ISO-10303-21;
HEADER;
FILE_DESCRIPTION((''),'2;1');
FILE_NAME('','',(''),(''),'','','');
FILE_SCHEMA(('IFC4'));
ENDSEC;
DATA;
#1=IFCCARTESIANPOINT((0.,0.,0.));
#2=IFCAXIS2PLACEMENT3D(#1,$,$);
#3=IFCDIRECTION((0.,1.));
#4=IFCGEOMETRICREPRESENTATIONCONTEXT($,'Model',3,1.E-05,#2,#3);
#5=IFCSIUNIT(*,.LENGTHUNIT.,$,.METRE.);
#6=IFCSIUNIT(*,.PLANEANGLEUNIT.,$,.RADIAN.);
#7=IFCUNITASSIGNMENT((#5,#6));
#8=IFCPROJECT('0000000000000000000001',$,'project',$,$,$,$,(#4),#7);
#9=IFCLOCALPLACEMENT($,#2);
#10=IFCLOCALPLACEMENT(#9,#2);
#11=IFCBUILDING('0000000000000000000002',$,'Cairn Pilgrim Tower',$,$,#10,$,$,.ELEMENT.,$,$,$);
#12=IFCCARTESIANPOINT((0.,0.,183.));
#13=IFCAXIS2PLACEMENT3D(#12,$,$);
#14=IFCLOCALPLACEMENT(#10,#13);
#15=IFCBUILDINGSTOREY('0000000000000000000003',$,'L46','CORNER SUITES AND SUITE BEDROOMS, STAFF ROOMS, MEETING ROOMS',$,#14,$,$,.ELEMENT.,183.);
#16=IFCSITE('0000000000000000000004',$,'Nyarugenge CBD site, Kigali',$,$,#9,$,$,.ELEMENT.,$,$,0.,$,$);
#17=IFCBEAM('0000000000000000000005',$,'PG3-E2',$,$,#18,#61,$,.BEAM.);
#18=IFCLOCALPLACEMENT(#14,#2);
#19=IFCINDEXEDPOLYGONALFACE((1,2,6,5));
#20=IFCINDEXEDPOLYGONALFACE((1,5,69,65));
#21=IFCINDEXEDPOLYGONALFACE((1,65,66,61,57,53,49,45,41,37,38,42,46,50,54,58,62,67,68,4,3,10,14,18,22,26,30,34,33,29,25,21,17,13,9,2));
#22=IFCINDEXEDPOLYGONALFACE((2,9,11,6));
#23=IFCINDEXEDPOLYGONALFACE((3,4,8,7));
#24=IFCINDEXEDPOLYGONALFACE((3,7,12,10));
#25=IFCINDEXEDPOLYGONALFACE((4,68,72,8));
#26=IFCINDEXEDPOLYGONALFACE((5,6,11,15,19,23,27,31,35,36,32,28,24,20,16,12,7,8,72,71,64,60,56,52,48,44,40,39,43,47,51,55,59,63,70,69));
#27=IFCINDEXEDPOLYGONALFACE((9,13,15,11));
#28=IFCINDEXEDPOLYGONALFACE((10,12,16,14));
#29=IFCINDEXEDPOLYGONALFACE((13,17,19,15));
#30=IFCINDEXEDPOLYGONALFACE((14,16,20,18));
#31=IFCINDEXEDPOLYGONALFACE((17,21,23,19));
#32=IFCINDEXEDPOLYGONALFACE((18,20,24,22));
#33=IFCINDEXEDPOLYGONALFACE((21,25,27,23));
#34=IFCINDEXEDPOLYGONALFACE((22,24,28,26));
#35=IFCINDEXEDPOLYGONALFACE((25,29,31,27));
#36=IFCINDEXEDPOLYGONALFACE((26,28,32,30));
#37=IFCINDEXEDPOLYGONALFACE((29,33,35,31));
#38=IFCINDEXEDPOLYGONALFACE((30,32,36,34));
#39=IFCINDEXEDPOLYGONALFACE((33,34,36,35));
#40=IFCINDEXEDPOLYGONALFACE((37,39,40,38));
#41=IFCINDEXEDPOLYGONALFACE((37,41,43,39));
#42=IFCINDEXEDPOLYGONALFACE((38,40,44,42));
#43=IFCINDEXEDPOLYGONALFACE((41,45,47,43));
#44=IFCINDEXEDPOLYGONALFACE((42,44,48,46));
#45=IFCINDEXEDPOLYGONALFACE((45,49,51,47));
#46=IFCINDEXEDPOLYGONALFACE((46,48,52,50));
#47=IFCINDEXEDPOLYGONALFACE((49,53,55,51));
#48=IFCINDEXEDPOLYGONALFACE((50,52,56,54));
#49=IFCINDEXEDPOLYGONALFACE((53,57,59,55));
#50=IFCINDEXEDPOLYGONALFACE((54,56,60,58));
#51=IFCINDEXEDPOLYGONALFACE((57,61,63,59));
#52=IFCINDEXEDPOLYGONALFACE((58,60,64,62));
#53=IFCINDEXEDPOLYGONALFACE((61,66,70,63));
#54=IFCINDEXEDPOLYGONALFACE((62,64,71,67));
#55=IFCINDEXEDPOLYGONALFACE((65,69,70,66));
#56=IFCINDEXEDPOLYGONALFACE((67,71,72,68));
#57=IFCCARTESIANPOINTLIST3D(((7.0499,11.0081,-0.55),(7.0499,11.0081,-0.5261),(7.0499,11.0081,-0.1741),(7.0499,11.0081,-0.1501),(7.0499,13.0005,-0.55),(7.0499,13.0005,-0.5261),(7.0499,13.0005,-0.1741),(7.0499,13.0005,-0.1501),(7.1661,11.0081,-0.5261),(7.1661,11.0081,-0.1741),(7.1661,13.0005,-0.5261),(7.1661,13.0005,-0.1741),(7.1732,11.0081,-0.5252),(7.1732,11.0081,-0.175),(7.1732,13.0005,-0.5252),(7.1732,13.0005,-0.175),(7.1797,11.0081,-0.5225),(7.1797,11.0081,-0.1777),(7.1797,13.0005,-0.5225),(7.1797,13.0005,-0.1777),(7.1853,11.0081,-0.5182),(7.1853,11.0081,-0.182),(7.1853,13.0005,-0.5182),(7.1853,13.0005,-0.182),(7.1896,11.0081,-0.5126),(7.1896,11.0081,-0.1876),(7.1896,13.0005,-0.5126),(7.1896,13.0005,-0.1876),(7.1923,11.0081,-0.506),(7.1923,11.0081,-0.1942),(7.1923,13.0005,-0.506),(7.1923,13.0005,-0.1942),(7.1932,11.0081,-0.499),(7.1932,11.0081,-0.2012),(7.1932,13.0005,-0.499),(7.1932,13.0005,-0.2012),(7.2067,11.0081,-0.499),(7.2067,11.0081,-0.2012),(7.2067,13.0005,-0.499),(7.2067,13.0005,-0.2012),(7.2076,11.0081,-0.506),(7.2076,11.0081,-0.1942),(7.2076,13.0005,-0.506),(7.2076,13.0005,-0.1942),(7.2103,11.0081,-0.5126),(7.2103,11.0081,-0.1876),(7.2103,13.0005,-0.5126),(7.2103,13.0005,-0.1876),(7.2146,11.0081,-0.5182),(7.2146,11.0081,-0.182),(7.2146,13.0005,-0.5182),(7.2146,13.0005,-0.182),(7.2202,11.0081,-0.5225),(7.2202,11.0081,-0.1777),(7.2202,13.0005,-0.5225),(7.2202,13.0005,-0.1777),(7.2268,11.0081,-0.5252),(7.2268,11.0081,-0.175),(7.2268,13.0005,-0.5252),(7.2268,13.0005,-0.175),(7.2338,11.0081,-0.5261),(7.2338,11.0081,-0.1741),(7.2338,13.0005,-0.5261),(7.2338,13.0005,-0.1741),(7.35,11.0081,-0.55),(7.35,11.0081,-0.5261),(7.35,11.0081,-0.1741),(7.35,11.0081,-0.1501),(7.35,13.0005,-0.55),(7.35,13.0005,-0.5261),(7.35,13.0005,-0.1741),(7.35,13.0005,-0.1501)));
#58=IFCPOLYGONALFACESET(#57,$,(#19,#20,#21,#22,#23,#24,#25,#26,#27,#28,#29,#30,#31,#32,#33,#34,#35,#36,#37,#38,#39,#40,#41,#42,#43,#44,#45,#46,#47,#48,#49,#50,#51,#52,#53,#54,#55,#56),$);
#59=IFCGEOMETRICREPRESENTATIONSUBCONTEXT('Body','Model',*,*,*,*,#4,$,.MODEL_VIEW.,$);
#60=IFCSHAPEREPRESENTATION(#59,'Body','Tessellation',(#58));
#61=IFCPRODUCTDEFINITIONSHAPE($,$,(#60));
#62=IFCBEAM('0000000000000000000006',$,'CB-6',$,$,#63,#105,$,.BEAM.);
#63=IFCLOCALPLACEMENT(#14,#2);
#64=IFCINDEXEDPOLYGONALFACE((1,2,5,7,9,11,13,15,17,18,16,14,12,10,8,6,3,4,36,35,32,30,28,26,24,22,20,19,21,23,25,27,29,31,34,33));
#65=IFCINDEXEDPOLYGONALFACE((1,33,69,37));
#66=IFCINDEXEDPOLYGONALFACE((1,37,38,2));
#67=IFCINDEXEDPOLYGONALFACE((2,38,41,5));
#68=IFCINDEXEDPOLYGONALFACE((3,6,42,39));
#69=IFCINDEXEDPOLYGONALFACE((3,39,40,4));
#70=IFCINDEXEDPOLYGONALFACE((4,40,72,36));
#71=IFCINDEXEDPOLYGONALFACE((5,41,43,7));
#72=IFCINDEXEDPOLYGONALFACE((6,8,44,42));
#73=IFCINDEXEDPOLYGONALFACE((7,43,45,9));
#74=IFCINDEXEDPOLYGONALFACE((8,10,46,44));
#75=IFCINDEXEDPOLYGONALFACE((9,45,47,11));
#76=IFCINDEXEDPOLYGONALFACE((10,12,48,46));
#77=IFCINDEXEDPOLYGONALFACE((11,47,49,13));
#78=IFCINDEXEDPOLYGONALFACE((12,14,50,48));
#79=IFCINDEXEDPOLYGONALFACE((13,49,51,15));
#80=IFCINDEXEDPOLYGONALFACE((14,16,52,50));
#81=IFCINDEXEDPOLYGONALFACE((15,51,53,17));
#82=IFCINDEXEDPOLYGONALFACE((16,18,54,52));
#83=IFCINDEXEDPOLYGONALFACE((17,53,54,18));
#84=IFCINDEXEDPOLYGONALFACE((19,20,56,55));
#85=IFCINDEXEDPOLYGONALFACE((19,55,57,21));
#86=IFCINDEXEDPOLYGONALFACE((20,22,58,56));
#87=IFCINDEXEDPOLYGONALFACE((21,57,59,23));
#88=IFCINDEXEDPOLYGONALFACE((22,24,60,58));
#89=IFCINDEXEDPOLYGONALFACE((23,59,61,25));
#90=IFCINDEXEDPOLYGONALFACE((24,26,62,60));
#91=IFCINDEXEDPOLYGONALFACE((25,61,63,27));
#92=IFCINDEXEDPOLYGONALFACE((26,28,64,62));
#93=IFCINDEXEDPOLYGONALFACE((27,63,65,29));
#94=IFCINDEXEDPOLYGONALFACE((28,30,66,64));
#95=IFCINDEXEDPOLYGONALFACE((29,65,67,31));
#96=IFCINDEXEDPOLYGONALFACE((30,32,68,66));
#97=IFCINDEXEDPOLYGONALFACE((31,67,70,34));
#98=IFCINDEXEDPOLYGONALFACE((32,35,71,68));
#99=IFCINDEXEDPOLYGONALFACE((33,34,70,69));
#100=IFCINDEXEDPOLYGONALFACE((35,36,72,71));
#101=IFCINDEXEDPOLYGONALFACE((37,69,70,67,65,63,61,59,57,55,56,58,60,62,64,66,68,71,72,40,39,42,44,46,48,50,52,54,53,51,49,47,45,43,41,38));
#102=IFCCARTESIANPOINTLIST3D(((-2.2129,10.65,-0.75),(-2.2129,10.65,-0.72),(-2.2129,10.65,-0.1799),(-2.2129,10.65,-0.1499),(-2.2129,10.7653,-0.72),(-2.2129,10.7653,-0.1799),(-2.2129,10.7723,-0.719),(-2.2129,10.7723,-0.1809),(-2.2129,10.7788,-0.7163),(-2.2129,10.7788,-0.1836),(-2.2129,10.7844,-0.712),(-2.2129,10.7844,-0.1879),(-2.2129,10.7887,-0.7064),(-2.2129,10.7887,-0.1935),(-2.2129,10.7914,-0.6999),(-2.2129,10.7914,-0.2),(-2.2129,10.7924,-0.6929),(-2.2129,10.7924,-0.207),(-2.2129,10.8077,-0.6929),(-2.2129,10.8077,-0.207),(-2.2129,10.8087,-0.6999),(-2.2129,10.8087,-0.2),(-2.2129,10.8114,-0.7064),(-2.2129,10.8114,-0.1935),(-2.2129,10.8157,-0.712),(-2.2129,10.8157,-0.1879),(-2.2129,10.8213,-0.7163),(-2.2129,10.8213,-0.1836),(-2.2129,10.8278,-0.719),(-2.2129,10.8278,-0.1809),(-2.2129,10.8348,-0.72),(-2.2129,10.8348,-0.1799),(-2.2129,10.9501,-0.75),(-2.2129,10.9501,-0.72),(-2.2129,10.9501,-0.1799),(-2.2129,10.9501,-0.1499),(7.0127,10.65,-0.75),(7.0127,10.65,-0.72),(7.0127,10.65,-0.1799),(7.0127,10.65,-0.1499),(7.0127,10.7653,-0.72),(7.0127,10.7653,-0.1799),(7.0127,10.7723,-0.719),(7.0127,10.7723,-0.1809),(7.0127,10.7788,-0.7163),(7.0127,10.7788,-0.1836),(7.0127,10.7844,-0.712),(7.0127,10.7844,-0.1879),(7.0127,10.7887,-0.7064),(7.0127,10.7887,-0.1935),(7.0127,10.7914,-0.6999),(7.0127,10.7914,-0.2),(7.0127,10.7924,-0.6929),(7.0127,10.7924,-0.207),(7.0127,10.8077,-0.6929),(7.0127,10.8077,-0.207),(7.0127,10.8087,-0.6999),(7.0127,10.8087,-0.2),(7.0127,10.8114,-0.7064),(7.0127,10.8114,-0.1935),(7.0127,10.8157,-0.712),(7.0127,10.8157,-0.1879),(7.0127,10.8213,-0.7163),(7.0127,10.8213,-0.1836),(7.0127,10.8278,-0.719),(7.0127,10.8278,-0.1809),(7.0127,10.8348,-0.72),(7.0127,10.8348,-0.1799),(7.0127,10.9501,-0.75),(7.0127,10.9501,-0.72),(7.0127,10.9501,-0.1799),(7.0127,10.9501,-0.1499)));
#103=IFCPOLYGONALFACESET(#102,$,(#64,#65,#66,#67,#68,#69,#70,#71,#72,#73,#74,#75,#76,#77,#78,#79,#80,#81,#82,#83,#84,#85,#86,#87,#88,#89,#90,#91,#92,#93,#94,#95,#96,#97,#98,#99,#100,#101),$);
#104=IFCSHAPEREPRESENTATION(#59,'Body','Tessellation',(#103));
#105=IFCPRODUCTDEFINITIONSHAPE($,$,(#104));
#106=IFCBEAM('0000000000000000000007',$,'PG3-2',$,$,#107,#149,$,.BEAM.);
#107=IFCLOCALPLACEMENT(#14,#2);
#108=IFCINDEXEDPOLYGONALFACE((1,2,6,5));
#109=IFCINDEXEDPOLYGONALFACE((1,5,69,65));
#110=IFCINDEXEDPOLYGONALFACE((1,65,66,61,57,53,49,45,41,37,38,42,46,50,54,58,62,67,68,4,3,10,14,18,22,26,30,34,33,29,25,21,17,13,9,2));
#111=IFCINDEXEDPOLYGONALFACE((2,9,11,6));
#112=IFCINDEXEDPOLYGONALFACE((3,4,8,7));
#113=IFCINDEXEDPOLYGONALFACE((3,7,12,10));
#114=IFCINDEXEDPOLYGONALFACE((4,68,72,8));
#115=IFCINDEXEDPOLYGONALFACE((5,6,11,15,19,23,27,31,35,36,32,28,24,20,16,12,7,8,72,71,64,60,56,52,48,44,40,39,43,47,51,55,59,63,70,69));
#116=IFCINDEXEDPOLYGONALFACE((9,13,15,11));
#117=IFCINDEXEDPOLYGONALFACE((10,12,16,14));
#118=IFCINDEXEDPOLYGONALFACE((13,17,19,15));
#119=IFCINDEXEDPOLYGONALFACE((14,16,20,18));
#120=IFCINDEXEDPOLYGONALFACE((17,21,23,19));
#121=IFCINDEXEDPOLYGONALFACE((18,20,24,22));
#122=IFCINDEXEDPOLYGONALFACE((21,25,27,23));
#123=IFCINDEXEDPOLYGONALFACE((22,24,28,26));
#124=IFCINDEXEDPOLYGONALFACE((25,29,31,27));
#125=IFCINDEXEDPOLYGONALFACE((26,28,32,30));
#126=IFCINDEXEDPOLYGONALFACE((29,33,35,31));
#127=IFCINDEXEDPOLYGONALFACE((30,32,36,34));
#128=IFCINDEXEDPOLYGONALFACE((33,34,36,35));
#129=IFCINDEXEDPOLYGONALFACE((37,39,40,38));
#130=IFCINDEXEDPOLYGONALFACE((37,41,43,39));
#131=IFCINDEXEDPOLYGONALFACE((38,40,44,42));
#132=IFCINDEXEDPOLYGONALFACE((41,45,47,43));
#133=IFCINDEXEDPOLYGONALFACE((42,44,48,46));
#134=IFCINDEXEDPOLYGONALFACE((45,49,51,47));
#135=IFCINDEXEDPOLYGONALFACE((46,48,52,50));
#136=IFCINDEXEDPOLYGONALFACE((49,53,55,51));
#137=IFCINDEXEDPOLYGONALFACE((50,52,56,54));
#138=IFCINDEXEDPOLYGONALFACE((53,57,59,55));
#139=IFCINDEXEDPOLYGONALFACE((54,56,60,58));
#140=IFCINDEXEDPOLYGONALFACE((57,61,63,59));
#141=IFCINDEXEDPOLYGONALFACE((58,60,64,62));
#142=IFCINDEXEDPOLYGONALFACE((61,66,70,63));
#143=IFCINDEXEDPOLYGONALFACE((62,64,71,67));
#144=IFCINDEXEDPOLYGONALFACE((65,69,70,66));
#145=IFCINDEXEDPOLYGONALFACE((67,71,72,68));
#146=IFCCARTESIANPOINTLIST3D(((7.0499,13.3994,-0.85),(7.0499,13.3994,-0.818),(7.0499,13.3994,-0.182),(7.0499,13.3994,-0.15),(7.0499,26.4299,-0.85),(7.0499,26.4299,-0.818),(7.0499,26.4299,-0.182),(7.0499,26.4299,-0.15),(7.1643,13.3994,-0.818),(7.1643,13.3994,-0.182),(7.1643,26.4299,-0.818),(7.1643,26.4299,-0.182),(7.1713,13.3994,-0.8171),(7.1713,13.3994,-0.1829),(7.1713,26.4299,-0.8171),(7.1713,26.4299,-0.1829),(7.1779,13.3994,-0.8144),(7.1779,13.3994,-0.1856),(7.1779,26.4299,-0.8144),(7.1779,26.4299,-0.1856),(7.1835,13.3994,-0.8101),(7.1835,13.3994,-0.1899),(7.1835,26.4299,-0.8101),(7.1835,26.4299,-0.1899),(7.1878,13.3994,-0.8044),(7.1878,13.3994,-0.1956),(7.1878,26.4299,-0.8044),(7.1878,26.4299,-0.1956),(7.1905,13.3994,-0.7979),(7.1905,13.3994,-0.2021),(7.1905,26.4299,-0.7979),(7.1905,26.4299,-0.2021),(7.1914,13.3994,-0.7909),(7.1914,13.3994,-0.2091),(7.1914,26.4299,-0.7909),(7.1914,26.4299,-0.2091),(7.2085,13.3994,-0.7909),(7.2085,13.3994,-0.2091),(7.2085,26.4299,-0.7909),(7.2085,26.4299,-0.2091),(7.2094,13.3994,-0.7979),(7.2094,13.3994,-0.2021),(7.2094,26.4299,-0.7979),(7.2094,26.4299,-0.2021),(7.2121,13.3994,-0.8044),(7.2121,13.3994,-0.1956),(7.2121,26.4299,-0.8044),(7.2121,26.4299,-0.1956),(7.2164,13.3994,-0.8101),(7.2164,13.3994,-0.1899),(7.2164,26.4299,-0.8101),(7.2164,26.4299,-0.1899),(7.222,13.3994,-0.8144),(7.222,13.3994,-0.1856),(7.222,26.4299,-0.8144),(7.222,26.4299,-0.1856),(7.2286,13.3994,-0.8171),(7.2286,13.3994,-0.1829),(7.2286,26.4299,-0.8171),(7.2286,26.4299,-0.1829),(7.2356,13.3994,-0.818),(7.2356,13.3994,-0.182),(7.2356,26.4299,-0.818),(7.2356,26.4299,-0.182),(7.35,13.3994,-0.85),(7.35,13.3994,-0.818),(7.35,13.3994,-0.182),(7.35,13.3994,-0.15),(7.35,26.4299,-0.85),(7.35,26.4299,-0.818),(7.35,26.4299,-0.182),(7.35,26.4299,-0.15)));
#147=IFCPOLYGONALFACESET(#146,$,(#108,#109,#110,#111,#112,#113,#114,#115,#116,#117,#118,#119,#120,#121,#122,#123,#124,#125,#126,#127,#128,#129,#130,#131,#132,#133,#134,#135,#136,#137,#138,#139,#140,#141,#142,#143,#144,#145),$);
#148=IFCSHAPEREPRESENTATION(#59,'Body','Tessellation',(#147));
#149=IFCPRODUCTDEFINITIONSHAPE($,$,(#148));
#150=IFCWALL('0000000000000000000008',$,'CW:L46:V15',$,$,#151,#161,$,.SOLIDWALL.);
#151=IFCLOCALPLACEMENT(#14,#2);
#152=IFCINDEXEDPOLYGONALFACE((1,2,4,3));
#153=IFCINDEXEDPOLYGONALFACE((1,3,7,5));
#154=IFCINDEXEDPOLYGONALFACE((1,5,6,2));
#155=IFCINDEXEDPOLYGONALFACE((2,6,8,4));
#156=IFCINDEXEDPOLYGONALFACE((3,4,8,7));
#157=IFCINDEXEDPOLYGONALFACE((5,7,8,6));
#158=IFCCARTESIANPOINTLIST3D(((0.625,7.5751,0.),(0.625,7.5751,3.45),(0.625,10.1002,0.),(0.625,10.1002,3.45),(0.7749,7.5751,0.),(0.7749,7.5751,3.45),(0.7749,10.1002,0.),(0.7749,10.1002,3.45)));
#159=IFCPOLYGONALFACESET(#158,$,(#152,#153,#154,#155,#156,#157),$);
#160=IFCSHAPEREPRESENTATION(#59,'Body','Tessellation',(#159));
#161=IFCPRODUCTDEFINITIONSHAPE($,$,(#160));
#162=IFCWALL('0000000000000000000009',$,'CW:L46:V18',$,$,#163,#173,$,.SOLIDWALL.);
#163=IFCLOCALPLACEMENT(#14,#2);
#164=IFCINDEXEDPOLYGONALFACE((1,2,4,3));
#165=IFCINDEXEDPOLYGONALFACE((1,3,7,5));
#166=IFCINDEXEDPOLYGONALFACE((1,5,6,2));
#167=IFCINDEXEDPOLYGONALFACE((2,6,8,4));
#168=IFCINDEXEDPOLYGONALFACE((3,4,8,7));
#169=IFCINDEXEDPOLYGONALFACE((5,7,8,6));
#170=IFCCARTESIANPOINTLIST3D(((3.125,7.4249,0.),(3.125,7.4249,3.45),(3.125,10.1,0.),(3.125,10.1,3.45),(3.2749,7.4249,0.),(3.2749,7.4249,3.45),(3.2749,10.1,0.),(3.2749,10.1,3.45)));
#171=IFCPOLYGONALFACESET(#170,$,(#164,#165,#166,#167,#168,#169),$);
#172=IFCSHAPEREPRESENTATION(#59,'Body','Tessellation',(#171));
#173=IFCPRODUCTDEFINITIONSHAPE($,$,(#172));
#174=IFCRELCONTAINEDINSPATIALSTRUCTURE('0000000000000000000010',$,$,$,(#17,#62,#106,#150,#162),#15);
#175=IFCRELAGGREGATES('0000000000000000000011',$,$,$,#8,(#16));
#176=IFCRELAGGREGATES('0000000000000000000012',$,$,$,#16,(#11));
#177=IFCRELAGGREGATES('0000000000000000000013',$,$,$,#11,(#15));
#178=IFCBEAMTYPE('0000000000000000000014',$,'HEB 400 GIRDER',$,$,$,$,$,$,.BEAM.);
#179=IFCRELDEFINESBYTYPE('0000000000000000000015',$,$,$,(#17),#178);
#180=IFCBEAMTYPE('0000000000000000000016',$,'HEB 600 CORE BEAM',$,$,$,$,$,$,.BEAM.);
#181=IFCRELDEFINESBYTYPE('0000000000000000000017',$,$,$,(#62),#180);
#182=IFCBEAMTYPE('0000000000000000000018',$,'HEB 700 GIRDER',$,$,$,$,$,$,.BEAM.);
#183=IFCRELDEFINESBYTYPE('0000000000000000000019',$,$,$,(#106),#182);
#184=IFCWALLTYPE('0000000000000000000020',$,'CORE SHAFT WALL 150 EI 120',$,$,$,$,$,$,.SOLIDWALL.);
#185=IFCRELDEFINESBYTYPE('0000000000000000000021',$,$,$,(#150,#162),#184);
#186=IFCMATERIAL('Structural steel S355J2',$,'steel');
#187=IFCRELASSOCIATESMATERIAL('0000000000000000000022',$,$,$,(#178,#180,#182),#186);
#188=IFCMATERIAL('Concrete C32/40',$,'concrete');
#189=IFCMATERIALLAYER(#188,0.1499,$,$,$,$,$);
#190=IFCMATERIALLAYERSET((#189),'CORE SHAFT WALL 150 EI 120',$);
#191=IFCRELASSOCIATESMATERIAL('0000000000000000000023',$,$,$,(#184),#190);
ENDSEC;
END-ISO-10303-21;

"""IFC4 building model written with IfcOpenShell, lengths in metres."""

from ifc_helpers import new_model, si_unit, direction, frame, frame_2d, origin, origin_2d, place, context, subcontext, project, spatial, rectangle, i_section, extrude, material, layer, layer_set, material_profile, profile_set, type_object, element, save


model = new_model("IFC4")

# Units and contexts
model_context = context("Model", 3, precision=1e-05, world=origin(), true_north=direction((0.0, 1.0)))
body_context = subcontext(model_context, "Body", "Model", "MODEL_VIEW")
ifc_project = project(units=[si_unit("LENGTHUNIT", "METRE"), si_unit("PLANEANGLEUNIT", "RADIAN")], contexts=[model_context])

# Site, building, storey
site_placement = place(None, origin())
site = spatial("IfcSite", under=ifc_project, at=site_placement, Name="Nyarugenge CBD site, Kigali", CompositionType="ELEMENT", RefElevation=0.0)
building_placement = place(site_placement, origin())
building = spatial("IfcBuilding", under=site, at=building_placement, Name="Cairn Pilgrim Tower", CompositionType="ELEMENT")
storey_placement = place(building_placement, frame((0.0, 0.0, 183.0)))
storey = spatial("IfcBuildingStorey", under=building, at=storey_placement, Name="L46", Description="CORNER SUITES AND SUITE BEDROOMS, STAFF ROOMS, MEETING ROOMS", CompositionType="ELEMENT", Elevation=183.0)

# Shared definitions
ifc_material_1 = material(Name="Structural steel S355J2", Category="steel")

# Beams
ifc_material_profile_1 = material_profile(ifc_material_1, i_section(OverallWidth=0.3, OverallDepth=0.3999, WebThickness=0.0134, FlangeThickness=0.0239, FilletRadius=0.0271, at=origin_2d()), Name="HEB 400")
ifc_profile_set_1 = profile_set([ifc_material_profile_1], Name="Structural steel S355J2")
beam_type_1 = type_object("IfcBeamType", Name="HEB 400 GIRDER", PredefinedType="BEAM", material=ifc_profile_set_1)
beam_1_placement = place(storey_placement, frame((7.2, 11.0081, -0.3501), z_axis=(0.0, 1.0, 0.0), x_axis=(-1.0, 0.0, 0.0)))
element("IfcBeam", 1, at=beam_1_placement, inside=storey, type_object=beam_type_1, Name="PG3-E2", PredefinedType="BEAM", context=body_context, shape_type="SweptSolid", body=[
    extrude(i_section(OverallWidth=0.3, OverallDepth=0.3999, WebThickness=0.0134, FlangeThickness=0.0239, FilletRadius=0.0271, at=origin_2d()), origin(), (0.0, 0.0, 1.0), 1.9924),
])
ifc_material_profile_2 = material_profile(ifc_material_1, i_section(OverallWidth=0.3, OverallDepth=0.6001, WebThickness=0.0154, FlangeThickness=0.03, FilletRadius=0.0271, at=origin_2d()), Name="HEB 600")
ifc_profile_set_2 = profile_set([ifc_material_profile_2], Name="Structural steel S355J2")
beam_type_2 = type_object("IfcBeamType", Name="HEB 600 CORE BEAM", PredefinedType="BEAM", material=ifc_profile_set_2)
beam_2_placement = place(storey_placement, frame((7.0127, 10.8, -0.45), z_axis=(-1.0, 0.0, 0.0), x_axis=(0.0, -1.0, 0.0)))
element("IfcBeam", 2, at=beam_2_placement, inside=storey, type_object=beam_type_2, Name="CB-6", PredefinedType="BEAM", context=body_context, shape_type="SweptSolid", body=[
    extrude(i_section(OverallWidth=0.3, OverallDepth=0.6001, WebThickness=0.0154, FlangeThickness=0.03, FilletRadius=0.0271, at=origin_2d()), origin(), (0.0, 0.0, 1.0), 9.2256),
])
ifc_material_profile_3 = material_profile(ifc_material_1, i_section(OverallWidth=0.3, OverallDepth=0.7, WebThickness=0.0171, FlangeThickness=0.032, FilletRadius=0.0271, at=origin_2d()), Name="HEB 700")
ifc_profile_set_3 = profile_set([ifc_material_profile_3], Name="Structural steel S355J2")
beam_type_3 = type_object("IfcBeamType", Name="HEB 700 GIRDER", PredefinedType="BEAM", material=ifc_profile_set_3)
beam_3_placement = place(storey_placement, frame((7.2, 13.3994, -0.5), z_axis=(0.0, 1.0, 0.0), x_axis=(-1.0, 0.0, 0.0)))
element("IfcBeam", 3, at=beam_3_placement, inside=storey, type_object=beam_type_3, Name="PG3-2", PredefinedType="BEAM", context=body_context, shape_type="SweptSolid", body=[
    extrude(i_section(OverallWidth=0.3, OverallDepth=0.7, WebThickness=0.0171, FlangeThickness=0.032, FilletRadius=0.0271, at=origin_2d()), origin(), (0.0, 0.0, 1.0), 13.0305),
])

# Walls
ifc_material_2 = material(Name="Concrete C32/40", Category="concrete")
ifc_layer_1 = layer(ifc_material_2, 0.1499)
ifc_layer_set_1 = layer_set([ifc_layer_1], Name="CORE SHAFT WALL 150 EI 120")
wall_type_1 = type_object("IfcWallType", Name="CORE SHAFT WALL 150 EI 120", PredefinedType="SOLIDWALL", material=ifc_layer_set_1)
wall_1_placement = place(storey_placement, frame((0.7, 7.575, 0.0), z_axis=(0.0, 0.0, 1.0), x_axis=(0.0, 1.0, 0.0)))
element("IfcWall", 4, at=wall_1_placement, inside=storey, type_object=wall_type_1, Name="CW:L46:V15", PredefinedType="SOLIDWALL", context=body_context, shape_type="SweptSolid", body=[
    extrude(rectangle(XDim=2.5251, YDim=0.1499, at=frame_2d((1.2627, 0.0))), origin(), (0.0, 0.0, 1.0), 3.45),
])
wall_2_placement = place(storey_placement, frame((3.2, 7.425, 0.0), z_axis=(0.0, 0.0, 1.0), x_axis=(0.0, 1.0, 0.0)))
element("IfcWall", 5, at=wall_2_placement, inside=storey, type_object=wall_type_1, Name="CW:L46:V18", PredefinedType="SOLIDWALL", context=body_context, shape_type="SweptSolid", body=[
    extrude(rectangle(XDim=2.675, YDim=0.1499, at=frame_2d((1.3374, 0.0))), origin(), (0.0, 0.0, 1.0), 3.45),
])

save(model, "model.ifc")
